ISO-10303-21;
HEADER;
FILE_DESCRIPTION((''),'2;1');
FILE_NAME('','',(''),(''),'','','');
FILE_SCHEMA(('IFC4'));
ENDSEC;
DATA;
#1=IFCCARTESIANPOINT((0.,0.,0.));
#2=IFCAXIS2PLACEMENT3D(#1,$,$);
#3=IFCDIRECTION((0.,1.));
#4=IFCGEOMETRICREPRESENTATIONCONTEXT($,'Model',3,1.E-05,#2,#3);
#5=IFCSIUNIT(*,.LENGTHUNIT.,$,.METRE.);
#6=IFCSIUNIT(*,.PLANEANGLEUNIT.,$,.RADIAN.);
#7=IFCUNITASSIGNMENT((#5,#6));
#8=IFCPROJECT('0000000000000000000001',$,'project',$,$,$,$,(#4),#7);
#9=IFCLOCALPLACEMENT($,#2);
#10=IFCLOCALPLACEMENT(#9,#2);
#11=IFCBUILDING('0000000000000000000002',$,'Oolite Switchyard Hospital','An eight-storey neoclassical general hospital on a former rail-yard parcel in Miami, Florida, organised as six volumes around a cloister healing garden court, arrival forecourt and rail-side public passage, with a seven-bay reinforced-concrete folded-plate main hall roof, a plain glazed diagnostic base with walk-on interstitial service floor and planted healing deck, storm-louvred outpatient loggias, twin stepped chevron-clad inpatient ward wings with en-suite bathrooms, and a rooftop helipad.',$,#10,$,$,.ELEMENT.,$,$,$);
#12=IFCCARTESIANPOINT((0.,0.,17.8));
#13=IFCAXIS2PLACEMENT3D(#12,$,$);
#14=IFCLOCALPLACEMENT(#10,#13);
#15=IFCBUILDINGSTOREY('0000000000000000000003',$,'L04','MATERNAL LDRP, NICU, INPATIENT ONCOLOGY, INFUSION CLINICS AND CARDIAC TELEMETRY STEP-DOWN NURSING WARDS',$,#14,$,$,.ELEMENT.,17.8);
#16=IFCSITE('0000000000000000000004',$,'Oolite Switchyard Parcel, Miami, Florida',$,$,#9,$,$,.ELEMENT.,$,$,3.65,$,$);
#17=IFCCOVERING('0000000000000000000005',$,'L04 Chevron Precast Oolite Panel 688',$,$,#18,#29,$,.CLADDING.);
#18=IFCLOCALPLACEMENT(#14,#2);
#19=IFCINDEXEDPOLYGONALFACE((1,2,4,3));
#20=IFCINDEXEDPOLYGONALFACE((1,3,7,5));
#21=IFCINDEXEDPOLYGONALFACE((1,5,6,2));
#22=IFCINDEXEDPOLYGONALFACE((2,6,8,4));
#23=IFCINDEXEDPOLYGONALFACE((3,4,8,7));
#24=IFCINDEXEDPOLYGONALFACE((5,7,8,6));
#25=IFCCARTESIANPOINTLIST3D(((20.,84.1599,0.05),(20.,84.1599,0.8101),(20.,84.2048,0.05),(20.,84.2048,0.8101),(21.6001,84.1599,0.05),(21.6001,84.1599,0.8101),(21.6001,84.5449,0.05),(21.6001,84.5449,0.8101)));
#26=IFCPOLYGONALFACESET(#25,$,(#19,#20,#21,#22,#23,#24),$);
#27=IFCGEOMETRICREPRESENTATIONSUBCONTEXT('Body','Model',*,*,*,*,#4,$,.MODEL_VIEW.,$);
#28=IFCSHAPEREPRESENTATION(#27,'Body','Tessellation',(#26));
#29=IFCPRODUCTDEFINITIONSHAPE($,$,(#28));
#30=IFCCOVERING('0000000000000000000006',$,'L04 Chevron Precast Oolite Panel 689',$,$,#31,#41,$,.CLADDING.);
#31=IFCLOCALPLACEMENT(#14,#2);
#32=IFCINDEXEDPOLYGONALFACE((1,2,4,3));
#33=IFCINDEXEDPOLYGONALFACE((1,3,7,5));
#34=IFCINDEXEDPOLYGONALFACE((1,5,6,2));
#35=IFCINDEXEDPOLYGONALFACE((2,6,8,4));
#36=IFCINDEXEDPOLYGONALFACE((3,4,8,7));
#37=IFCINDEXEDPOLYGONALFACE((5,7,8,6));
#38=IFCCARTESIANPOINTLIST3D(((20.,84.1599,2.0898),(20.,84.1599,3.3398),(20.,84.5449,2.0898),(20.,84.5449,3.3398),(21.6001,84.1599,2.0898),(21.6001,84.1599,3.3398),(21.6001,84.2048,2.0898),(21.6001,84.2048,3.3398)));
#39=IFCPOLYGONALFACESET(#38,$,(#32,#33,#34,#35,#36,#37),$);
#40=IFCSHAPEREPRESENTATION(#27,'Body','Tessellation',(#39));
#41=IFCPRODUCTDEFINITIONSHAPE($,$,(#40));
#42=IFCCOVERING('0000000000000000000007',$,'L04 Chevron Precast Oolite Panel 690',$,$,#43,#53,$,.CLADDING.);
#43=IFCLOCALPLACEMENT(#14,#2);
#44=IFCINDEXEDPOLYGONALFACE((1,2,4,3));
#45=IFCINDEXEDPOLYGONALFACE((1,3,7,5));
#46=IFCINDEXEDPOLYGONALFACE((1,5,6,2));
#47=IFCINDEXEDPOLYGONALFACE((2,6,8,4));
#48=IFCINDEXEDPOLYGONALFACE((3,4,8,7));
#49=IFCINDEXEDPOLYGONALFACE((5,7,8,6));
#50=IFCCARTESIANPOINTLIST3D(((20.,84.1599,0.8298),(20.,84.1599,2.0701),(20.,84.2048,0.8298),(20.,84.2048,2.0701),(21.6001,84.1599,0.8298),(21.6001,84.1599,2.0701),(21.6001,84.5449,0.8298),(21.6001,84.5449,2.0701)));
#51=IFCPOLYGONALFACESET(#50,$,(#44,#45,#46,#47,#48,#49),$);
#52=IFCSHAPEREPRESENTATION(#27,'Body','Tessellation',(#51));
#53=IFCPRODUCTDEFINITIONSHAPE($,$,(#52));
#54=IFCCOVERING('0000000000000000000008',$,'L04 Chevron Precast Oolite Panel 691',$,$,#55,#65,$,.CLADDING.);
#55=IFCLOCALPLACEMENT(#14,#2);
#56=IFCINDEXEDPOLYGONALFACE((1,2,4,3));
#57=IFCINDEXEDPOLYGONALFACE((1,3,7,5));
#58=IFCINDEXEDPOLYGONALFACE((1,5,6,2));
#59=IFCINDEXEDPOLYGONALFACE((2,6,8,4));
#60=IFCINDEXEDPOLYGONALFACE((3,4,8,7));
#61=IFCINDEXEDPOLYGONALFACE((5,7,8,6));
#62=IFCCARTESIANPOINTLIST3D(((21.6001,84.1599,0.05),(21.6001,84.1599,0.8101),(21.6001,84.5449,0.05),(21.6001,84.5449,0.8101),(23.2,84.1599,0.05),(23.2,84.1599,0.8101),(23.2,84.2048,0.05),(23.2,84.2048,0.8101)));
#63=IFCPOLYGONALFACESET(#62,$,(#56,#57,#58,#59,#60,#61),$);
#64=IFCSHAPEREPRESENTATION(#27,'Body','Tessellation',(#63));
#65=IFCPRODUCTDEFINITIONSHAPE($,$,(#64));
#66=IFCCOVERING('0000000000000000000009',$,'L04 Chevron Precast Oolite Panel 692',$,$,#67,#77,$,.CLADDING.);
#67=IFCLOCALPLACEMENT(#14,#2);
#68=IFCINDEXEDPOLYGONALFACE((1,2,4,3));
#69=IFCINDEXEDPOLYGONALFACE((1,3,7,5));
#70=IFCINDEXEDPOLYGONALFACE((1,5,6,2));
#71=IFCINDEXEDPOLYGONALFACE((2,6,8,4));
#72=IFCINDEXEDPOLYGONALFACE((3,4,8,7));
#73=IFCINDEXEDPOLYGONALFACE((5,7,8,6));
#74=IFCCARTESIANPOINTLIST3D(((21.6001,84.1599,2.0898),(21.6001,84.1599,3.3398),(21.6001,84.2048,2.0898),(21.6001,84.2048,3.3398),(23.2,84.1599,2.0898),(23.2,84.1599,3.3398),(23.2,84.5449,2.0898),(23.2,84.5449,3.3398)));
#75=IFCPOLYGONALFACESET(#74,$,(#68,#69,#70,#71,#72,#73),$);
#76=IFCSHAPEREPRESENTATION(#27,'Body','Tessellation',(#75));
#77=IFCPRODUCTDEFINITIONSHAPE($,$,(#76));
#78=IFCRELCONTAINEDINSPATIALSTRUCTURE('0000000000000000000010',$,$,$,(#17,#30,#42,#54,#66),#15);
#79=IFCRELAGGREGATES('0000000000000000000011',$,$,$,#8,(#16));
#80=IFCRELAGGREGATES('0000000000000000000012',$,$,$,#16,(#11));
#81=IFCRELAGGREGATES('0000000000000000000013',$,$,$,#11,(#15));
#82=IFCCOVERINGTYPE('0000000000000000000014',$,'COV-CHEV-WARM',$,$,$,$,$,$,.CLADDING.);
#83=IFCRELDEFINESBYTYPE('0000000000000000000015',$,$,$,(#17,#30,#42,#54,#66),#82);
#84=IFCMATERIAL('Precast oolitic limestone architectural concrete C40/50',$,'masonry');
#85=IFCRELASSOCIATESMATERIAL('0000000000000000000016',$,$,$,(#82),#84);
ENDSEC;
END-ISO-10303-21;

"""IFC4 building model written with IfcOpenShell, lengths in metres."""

from ifc_helpers import new_model, si_unit, direction, frame, origin, place, context, subcontext, project, spatial, polyline, outline, extrude, material, type_object, element, save


model = new_model("IFC4")

# Units and contexts
model_context = context("Model", 3, precision=1e-05, world=origin(), true_north=direction((0.0, 1.0)))
body_context = subcontext(model_context, "Body", "Model", "MODEL_VIEW")
ifc_project = project(units=[si_unit("LENGTHUNIT", "METRE"), si_unit("PLANEANGLEUNIT", "RADIAN")], contexts=[model_context])

# Site, building, storey
site_placement = place(None, origin())
site = spatial("IfcSite", under=ifc_project, at=site_placement, Name="Oolite Switchyard Parcel, Miami, Florida", CompositionType="ELEMENT", RefElevation=3.65)
building_placement = place(site_placement, origin())
building = spatial("IfcBuilding", under=site, at=building_placement, Name="Oolite Switchyard Hospital", Description="An eight-storey neoclassical general hospital on a former rail-yard parcel in Miami, Florida, organised as six volumes around a cloister healing garden court, arrival forecourt and rail-side public passage, with a seven-bay reinforced-concrete folded-plate main hall roof, a plain glazed diagnostic base with walk-on interstitial service floor and planted healing deck, storm-louvred outpatient loggias, twin stepped chevron-clad inpatient ward wings with en-suite bathrooms, and a rooftop helipad.", CompositionType="ELEMENT")
storey_placement = place(building_placement, frame((0.0, 0.0, 17.8)))
storey = spatial("IfcBuildingStorey", under=building, at=storey_placement, Name="L04", Description="MATERNAL LDRP, NICU, INPATIENT ONCOLOGY, INFUSION CLINICS AND CARDIAC TELEMETRY STEP-DOWN NURSING WARDS", CompositionType="ELEMENT", Elevation=17.8)

# Shared definitions
ifc_material_1 = material(Name="Precast oolitic limestone architectural concrete C40/50", Category="masonry")

# Coverings
covering_type = type_object("IfcCoveringType", Name="COV-CHEV-WARM", PredefinedType="CLADDING", material=ifc_material_1)
covering_1_placement = place(storey_placement, frame((20.0, 84.1599, 0.05), z_axis=(0.0, 0.0, 1.0), x_axis=(1.0, 0.0, 0.0)))
element("IfcCovering", 1, at=covering_1_placement, inside=storey, type_object=covering_type, Name="L04 Chevron Precast Oolite Panel 688", PredefinedType="CLADDING", context=body_context, shape_type="SweptSolid", body=[
    extrude(outline(polyline([(0.0, 0.0), (1.6001, 0.0), (1.6001, 0.385), (0.0, 0.0449), (0.0, 0.0)])), origin(), (0.0, 0.0, 1.0), 0.76),
])
covering_2_placement = place(storey_placement, frame((20.0, 84.1599, 2.0898), z_axis=(0.0, 0.0, 1.0), x_axis=(1.0, 0.0, 0.0)))
element("IfcCovering", 2, at=covering_2_placement, inside=storey, type_object=covering_type, Name="L04 Chevron Precast Oolite Panel 689", PredefinedType="CLADDING", context=body_context, shape_type="SweptSolid", body=[
    extrude(outline(polyline([(0.0, 0.0), (1.6001, 0.0), (1.6001, 0.0449), (0.0, 0.385), (0.0, 0.0)])), origin(), (0.0, 0.0, 1.0), 1.25),
])
covering_3_placement = place(storey_placement, frame((20.0, 84.1599, 0.8298), z_axis=(0.0, 0.0, 1.0), x_axis=(1.0, 0.0, 0.0)))
element("IfcCovering", 3, at=covering_3_placement, inside=storey, type_object=covering_type, Name="L04 Chevron Precast Oolite Panel 690", PredefinedType="CLADDING", context=body_context, shape_type="SweptSolid", body=[
    extrude(outline(polyline([(0.0, 0.0), (1.6001, 0.0), (1.6001, 0.385), (0.0, 0.0449), (0.0, 0.0)])), origin(), (0.0, 0.0, 1.0), 1.2402),
])
covering_4_placement = place(storey_placement, frame((21.6001, 84.1599, 0.05), z_axis=(0.0, 0.0, 1.0), x_axis=(1.0, 0.0, 0.0)))
element("IfcCovering", 4, at=covering_4_placement, inside=storey, type_object=covering_type, Name="L04 Chevron Precast Oolite Panel 691", PredefinedType="CLADDING", context=body_context, shape_type="SweptSolid", body=[
    extrude(outline(polyline([(0.0, 0.0), (1.5999, 0.0), (1.5999, 0.0449), (0.0, 0.385), (0.0, 0.0)])), origin(), (0.0, 0.0, 1.0), 0.76),
])
covering_5_placement = place(storey_placement, frame((21.6001, 84.1599, 2.0898), z_axis=(0.0, 0.0, 1.0), x_axis=(1.0, 0.0, 0.0)))
element("IfcCovering", 5, at=covering_5_placement, inside=storey, type_object=covering_type, Name="L04 Chevron Precast Oolite Panel 692", PredefinedType="CLADDING", context=body_context, shape_type="SweptSolid", body=[
    extrude(outline(polyline([(0.0, 0.0), (1.5999, 0.0), (1.5999, 0.385), (0.0, 0.0449), (0.0, 0.0)])), origin(), (0.0, 0.0, 1.0), 1.25),
])

save(model, "model.ifc")
